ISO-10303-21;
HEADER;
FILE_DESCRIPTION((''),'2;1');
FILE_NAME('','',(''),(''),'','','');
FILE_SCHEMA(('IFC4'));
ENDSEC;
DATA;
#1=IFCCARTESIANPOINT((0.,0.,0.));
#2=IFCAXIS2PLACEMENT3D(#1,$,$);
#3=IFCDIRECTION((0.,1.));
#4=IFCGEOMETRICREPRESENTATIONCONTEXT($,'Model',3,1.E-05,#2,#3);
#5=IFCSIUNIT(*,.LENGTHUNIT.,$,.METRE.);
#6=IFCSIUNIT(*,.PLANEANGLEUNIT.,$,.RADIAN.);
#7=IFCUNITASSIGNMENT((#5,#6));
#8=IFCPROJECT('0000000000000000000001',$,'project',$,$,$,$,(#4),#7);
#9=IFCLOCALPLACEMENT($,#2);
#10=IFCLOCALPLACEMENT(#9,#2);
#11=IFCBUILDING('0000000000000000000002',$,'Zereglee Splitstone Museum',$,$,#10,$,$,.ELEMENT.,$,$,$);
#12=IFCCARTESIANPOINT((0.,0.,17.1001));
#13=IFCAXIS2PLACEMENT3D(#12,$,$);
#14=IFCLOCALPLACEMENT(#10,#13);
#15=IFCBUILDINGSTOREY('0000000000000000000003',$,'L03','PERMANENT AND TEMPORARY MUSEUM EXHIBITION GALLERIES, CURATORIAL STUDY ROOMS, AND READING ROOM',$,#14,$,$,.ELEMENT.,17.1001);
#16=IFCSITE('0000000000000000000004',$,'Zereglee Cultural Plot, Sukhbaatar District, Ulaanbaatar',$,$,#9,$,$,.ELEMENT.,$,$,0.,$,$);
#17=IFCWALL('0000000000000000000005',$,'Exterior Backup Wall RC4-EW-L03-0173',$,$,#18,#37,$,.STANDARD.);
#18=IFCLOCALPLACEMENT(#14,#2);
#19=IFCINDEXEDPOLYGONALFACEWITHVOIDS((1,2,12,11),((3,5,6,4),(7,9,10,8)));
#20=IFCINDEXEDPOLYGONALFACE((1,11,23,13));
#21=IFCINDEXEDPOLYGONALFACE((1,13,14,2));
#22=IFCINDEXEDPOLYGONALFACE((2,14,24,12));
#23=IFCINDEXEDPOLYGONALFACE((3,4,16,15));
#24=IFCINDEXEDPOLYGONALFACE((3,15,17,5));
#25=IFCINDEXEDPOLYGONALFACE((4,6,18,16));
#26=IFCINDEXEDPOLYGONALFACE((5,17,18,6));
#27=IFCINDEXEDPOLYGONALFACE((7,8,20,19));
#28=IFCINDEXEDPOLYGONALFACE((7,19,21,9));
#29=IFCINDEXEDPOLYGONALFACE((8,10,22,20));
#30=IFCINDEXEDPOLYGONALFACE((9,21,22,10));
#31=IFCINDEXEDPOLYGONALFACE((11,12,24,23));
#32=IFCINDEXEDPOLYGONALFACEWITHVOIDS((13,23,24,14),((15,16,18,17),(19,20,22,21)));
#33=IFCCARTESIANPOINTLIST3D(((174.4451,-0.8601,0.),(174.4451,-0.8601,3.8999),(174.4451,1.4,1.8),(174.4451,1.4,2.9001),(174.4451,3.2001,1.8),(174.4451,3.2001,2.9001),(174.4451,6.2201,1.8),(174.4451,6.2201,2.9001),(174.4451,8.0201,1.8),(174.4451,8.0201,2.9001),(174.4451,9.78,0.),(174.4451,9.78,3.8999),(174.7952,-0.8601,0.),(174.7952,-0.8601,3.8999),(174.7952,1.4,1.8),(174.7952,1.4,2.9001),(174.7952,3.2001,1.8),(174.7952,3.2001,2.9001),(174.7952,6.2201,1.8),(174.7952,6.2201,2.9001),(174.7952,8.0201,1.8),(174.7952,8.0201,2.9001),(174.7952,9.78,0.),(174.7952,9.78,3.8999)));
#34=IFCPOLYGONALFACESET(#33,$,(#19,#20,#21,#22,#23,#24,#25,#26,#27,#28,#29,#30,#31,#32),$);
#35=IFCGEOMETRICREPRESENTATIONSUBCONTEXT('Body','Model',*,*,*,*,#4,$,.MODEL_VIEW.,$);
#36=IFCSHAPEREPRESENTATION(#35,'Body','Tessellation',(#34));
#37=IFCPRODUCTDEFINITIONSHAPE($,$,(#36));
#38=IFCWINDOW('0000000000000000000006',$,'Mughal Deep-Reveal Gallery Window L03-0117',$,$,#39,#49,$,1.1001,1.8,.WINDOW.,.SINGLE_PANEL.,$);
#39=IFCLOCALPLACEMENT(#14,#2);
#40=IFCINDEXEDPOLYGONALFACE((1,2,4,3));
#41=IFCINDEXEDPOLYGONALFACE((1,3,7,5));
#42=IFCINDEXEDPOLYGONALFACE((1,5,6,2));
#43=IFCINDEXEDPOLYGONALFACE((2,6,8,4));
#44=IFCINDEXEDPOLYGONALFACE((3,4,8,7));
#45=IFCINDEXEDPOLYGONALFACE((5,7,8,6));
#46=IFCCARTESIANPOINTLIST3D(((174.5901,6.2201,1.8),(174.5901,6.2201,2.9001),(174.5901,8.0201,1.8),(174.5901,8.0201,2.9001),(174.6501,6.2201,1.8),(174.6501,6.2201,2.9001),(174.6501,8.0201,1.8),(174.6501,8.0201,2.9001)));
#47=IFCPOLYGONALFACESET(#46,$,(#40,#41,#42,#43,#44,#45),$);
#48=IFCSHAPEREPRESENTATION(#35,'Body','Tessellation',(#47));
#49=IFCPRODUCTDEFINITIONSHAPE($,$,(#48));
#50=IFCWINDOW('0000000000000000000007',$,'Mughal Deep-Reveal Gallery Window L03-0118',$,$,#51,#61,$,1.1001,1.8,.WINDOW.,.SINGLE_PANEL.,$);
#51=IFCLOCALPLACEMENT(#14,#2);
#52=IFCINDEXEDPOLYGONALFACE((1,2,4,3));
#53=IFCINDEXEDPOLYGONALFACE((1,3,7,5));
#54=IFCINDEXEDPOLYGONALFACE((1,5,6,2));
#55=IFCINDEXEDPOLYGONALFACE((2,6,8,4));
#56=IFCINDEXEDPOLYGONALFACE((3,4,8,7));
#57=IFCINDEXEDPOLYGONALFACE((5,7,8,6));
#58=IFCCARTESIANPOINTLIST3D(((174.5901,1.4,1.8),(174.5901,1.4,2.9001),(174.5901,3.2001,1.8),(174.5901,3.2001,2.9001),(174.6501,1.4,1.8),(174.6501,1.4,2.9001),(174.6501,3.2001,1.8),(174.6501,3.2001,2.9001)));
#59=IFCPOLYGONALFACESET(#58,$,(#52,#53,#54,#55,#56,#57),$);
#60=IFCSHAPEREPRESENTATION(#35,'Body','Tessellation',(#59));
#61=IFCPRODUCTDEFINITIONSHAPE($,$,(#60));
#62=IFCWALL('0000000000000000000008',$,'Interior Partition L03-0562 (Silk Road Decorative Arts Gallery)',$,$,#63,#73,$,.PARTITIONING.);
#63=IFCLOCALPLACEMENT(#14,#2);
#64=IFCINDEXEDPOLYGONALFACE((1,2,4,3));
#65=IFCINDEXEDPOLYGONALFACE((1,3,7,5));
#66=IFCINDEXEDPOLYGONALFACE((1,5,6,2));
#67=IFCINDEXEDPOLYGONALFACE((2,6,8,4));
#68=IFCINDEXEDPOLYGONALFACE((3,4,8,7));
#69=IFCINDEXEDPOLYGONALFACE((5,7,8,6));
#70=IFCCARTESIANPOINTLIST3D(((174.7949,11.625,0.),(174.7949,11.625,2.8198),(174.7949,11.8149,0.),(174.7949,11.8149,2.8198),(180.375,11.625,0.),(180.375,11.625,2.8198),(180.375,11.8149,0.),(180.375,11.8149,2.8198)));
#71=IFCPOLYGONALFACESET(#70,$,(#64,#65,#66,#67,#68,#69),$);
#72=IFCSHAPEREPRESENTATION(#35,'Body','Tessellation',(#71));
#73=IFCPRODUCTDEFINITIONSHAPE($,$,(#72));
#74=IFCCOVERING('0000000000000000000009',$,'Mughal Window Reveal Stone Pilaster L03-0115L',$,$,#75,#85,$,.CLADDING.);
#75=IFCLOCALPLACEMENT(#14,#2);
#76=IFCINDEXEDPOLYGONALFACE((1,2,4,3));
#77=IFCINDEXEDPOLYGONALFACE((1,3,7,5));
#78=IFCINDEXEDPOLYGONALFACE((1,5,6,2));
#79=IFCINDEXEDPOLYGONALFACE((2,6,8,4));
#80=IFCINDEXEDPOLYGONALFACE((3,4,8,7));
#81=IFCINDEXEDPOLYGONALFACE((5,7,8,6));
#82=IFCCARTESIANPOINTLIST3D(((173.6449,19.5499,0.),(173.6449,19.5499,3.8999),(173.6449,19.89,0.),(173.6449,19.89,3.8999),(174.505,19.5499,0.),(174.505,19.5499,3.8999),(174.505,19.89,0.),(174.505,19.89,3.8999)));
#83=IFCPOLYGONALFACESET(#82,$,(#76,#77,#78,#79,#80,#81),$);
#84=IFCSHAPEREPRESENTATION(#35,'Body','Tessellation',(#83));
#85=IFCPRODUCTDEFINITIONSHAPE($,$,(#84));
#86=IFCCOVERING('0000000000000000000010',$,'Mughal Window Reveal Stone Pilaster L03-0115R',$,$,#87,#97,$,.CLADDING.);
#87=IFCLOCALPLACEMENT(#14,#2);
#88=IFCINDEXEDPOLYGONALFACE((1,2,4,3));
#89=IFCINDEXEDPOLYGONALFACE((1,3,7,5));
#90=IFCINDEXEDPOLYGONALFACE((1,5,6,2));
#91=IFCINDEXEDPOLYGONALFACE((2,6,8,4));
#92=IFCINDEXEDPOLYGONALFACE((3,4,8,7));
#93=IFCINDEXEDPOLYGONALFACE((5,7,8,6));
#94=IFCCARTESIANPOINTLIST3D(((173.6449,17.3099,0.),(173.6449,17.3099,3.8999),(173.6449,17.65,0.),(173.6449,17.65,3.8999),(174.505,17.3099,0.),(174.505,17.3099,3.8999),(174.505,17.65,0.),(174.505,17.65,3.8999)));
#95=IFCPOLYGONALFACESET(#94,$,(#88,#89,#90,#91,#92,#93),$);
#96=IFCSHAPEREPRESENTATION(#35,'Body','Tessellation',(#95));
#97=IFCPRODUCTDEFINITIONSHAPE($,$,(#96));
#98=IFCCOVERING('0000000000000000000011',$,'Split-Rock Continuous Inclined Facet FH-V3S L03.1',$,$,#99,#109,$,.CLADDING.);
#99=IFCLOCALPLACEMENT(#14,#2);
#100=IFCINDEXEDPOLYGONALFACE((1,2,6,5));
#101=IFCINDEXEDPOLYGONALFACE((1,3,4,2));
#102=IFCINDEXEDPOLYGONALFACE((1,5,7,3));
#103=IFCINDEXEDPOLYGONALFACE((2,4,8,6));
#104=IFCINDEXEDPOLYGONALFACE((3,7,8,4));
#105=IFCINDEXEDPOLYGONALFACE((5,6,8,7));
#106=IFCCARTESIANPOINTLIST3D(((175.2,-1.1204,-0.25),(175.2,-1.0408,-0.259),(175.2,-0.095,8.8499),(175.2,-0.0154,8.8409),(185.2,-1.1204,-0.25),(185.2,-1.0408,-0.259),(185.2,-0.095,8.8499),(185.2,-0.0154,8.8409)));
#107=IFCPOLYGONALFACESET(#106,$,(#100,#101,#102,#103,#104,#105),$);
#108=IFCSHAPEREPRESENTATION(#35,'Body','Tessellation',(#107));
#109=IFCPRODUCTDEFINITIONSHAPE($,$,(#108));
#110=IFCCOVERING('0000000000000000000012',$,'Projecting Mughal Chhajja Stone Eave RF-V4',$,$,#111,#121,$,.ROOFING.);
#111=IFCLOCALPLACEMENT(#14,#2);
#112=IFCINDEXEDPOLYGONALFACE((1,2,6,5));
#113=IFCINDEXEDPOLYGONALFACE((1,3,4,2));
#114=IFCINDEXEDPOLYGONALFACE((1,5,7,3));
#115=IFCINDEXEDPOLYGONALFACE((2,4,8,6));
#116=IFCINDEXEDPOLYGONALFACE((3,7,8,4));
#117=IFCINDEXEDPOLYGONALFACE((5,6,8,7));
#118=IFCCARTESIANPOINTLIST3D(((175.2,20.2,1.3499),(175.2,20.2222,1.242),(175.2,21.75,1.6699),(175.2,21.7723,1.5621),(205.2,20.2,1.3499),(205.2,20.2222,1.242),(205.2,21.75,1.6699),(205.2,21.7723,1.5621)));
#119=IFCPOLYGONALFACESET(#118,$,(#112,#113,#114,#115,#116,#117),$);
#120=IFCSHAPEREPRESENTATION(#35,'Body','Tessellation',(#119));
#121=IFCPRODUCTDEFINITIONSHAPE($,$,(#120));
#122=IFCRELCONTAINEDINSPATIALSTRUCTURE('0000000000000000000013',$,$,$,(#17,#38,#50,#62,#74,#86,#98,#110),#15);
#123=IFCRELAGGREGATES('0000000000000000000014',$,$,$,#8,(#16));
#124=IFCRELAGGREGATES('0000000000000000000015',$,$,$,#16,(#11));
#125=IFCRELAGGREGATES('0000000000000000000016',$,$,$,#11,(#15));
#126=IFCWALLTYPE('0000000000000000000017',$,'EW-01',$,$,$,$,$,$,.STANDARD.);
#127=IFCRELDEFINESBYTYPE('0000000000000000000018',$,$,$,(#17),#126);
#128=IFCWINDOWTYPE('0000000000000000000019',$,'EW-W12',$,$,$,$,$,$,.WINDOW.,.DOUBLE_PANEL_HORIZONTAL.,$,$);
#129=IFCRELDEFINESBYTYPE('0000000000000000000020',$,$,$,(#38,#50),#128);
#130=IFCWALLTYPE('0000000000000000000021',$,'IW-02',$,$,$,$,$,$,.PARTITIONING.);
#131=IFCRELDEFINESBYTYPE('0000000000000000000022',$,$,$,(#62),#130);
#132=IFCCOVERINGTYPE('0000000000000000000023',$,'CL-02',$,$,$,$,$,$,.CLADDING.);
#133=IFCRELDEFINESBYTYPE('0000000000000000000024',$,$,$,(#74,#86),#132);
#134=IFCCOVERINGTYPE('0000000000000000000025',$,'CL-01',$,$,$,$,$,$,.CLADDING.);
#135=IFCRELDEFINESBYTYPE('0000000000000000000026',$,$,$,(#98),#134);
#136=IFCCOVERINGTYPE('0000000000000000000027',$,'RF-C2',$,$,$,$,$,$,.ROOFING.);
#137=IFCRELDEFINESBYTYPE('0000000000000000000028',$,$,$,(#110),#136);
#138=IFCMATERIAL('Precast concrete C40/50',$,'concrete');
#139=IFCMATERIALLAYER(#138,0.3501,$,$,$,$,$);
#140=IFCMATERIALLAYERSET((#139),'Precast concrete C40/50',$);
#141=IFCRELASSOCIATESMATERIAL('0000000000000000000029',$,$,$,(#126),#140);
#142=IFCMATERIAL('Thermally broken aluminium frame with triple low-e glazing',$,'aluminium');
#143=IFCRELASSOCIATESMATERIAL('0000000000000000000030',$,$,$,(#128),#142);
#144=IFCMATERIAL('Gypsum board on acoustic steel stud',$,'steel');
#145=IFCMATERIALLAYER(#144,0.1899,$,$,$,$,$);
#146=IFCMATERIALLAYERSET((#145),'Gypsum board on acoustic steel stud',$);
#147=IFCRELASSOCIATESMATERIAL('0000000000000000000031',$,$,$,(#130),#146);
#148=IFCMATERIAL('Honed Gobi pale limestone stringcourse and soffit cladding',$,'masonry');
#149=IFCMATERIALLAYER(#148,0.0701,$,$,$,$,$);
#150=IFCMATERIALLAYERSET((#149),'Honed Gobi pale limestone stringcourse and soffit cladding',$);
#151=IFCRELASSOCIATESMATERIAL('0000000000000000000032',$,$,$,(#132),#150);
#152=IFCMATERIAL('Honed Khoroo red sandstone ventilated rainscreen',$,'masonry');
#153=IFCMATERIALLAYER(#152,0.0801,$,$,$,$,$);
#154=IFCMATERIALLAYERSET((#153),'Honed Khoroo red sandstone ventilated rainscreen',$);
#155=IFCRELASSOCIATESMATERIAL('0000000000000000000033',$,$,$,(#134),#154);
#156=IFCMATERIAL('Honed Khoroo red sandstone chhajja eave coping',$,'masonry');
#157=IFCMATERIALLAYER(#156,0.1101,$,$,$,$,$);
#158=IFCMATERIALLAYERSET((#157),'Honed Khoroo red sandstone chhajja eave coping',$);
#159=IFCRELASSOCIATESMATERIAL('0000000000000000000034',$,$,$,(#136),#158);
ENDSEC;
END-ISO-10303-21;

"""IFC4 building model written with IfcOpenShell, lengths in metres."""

from ifc_helpers import new_model, si_unit, direction, frame, frame_2d, origin, origin_2d, place, context, subcontext, project, spatial, polyline, rectangle, outline, extrude, material, layer, layer_set, type_object, element, fill, save


model = new_model("IFC4")

# Units and contexts
model_context = context("Model", 3, precision=1e-05, world=origin(), true_north=direction((0.0, 1.0)))
body_context = subcontext(model_context, "Body", "Model", "MODEL_VIEW")
ifc_project = project(units=[si_unit("LENGTHUNIT", "METRE"), si_unit("PLANEANGLEUNIT", "RADIAN")], contexts=[model_context])

# Site, building, storey
site_placement = place(None, origin())
site = spatial("IfcSite", under=ifc_project, at=site_placement, Name="Zereglee Cultural Plot, Sukhbaatar District, Ulaanbaatar", CompositionType="ELEMENT", RefElevation=0.0)
building_placement = place(site_placement, origin())
building = spatial("IfcBuilding", under=site, at=building_placement, Name="Zereglee Splitstone Museum", CompositionType="ELEMENT")
storey_placement = place(building_placement, frame((0.0, 0.0, 17.1001)))
storey = spatial("IfcBuildingStorey", under=building, at=storey_placement, Name="L03", Description="PERMANENT AND TEMPORARY MUSEUM EXHIBITION GALLERIES, CURATORIAL STUDY ROOMS, AND READING ROOM", CompositionType="ELEMENT", Elevation=17.1001)

# Shared definitions
ifc_material_1 = material(Name="Precast concrete C40/50", Category="concrete")
ifc_layer_1 = layer(ifc_material_1, 0.3501)
ifc_layer_set_1 = layer_set([ifc_layer_1], Name="Precast concrete C40/50")
wall_type_1 = type_object("IfcWallType", Name="EW-01", PredefinedType="STANDARD", material=ifc_layer_set_1)

# Wall, openings, windows
wall_1_placement = place(storey_placement, frame((174.6201, 9.78, 0.0), z_axis=(0.0, 0.0, 1.0), x_axis=(0.0, -1.0, 0.0)))
wall_1 = element("IfcWall", 1, at=wall_1_placement, inside=storey, type_object=wall_type_1, Name="Exterior Backup Wall RC4-EW-L03-0173", PredefinedType="STANDARD", context=body_context, shape_type="SweptSolid", body=[
    extrude(rectangle(XDim=10.6401, YDim=0.3501, at=frame_2d((5.3201, 0.0))), origin(), (0.0, 0.0, 1.0), 3.8999),
])
opening_1_placement = place(wall_1_placement, frame((1.76, 0.0, 1.8)))
opening_1 = element("IfcOpeningElement", 2, at=opening_1_placement, cuts=wall_1, PredefinedType="OPENING", context=body_context, shape_type="SweptSolid", body=[
    extrude(rectangle(XDim=1.8, YDim=1.1001, at=frame_2d((0.8999, 0.55))), frame((0.0, 0.1899, 0.0), z_axis=(0.0, -1.0, 0.0), x_axis=(1.0, 0.0, 0.0)), (0.0, 0.0, 1.0), 0.3799),
])
opening_2_placement = place(wall_1_placement, frame((6.5801, 0.0, 1.8)))
opening_2 = element("IfcOpeningElement", 3, at=opening_2_placement, cuts=wall_1, PredefinedType="OPENING", context=body_context, shape_type="SweptSolid", body=[
    extrude(rectangle(XDim=1.8, YDim=1.1001, at=frame_2d((0.8999, 0.55))), frame((0.0, 0.1899, 0.0), z_axis=(0.0, -1.0, 0.0), x_axis=(1.0, 0.0, 0.0)), (0.0, 0.0, 1.0), 0.3799),
])
ifc_material_2 = material(Name="Thermally broken aluminium frame with triple low-e glazing", Category="aluminium")
window_type = type_object("IfcWindowType", Name="EW-W12", PartitioningType="DOUBLE_PANEL_HORIZONTAL", PredefinedType="WINDOW", material=ifc_material_2)
window_1_placement = place(opening_1_placement, origin())
window_1 = element("IfcWindow", 4, at=window_1_placement, inside=storey, type_object=window_type, Name="Mughal Deep-Reveal Gallery Window L03-0117", OverallHeight=1.1001, OverallWidth=1.8, PartitioningType="SINGLE_PANEL", PredefinedType="WINDOW", context=body_context, shape_type="SweptSolid", body=[
    extrude(rectangle(XDim=1.8, YDim=1.1001, at=frame_2d((0.8999, 0.55))), frame((0.0, 0.03, 0.0), z_axis=(0.0, -1.0, 0.0), x_axis=(1.0, 0.0, 0.0)), (0.0, 0.0, 1.0), 0.0601),
])
fill(opening_1, window_1)
window_2_placement = place(opening_2_placement, origin())
window_2 = element("IfcWindow", 5, at=window_2_placement, inside=storey, type_object=window_type, Name="Mughal Deep-Reveal Gallery Window L03-0118", OverallHeight=1.1001, OverallWidth=1.8, PartitioningType="SINGLE_PANEL", PredefinedType="WINDOW", context=body_context, shape_type="SweptSolid", body=[
    extrude(rectangle(XDim=1.8, YDim=1.1001, at=frame_2d((0.8999, 0.55))), frame((0.0, 0.03, 0.0), z_axis=(0.0, -1.0, 0.0), x_axis=(1.0, 0.0, 0.0)), (0.0, 0.0, 1.0), 0.0601),
])
fill(opening_2, window_2)

# Wall
ifc_material_3 = material(Name="Gypsum board on acoustic steel stud", Category="steel")
ifc_layer_2 = layer(ifc_material_3, 0.1899)
ifc_layer_set_2 = layer_set([ifc_layer_2], Name="Gypsum board on acoustic steel stud")
wall_type_2 = type_object("IfcWallType", Name="IW-02", PredefinedType="PARTITIONING", material=ifc_layer_set_2)
wall_2_placement = place(storey_placement, frame((174.7949, 11.72, 0.0), z_axis=(0.0, 0.0, 1.0), x_axis=(1.0, 0.0, 0.0)))
element("IfcWall", 6, at=wall_2_placement, inside=storey, type_object=wall_type_2, Name="Interior Partition L03-0562 (Silk Road Decorative Arts Gallery)", PredefinedType="PARTITIONING", context=body_context, shape_type="SweptSolid", body=[
    extrude(rectangle(XDim=5.5801, YDim=0.1899, at=frame_2d((2.79, 0.0))), origin(), (0.0, 0.0, 1.0), 2.8198),
])

# Coverings
ifc_material_4 = material(Name="Honed Gobi pale limestone stringcourse and soffit cladding", Category="masonry")
ifc_layer_3 = layer(ifc_material_4, 0.0701)
ifc_layer_set_3 = layer_set([ifc_layer_3], Name="Honed Gobi pale limestone stringcourse and soffit cladding")
covering_type_1 = type_object("IfcCoveringType", Name="CL-02", PredefinedType="CLADDING", material=ifc_layer_set_3)
for number, where, z_axis, x_axis, name in (
    (7, (174.075, 19.72, 0.0), (0.0, 0.0, 1.0), (0.0, -1.0, 0.0), "Mughal Window Reveal Stone Pilaster L03-0115L"),
    (8, (174.075, 17.48, 0.0), (0.0, 0.0, 1.0), (0.0, -1.0, 0.0), "Mughal Window Reveal Stone Pilaster L03-0115R"),
):
    element("IfcCovering", number, at=place(storey_placement, frame(where, z_axis=z_axis, x_axis=x_axis)), inside=storey, type_object=covering_type_1, Name=name, PredefinedType="CLADDING", context=body_context, shape_type="SweptSolid", body=[
        extrude(rectangle(XDim=0.3401, YDim=0.8601, at=origin_2d()), origin(), (0.0, 0.0, 1.0), 3.8999),
    ])
ifc_material_5 = material(Name="Honed Khoroo red sandstone ventilated rainscreen", Category="masonry")
ifc_layer_4 = layer(ifc_material_5, 0.0801)
ifc_layer_set_4 = layer_set([ifc_layer_4], Name="Honed Khoroo red sandstone ventilated rainscreen")
covering_type_2 = type_object("IfcCoveringType", Name="CL-01", PredefinedType="CLADDING", material=ifc_layer_set_4)
covering_1_placement = place(storey_placement, frame((175.2, -1.1204, -0.25), z_axis=(0.0, -0.993711, 0.111973), x_axis=(1.0, 0.0, 0.0)))
element("IfcCovering", 9, at=covering_1_placement, inside=storey, type_object=covering_type_2, Name="Split-Rock Continuous Inclined Facet FH-V3S L03.1", PredefinedType="CLADDING", context=body_context, shape_type="SweptSolid", body=[
    extrude(outline(polyline([(0.0, 0.0), (10.0, 0.0), (10.0, 9.1574), (0.0, 9.1574), (0.0, 0.0)])), origin(), (0.0, 0.0, -1.0), 0.0801),
])
ifc_material_6 = material(Name="Honed Khoroo red sandstone chhajja eave coping", Category="masonry")
ifc_layer_5 = layer(ifc_material_6, 0.1101)
ifc_layer_set_5 = layer_set([ifc_layer_5], Name="Honed Khoroo red sandstone chhajja eave coping")
covering_type_3 = type_object("IfcCoveringType", Name="RF-C2", PredefinedType="ROOFING", material=ifc_layer_set_5)
covering_2_placement = place(storey_placement, frame((175.2, 20.2, 1.3499), z_axis=(0.0, -0.202223, 0.979339), x_axis=(1.0, 0.0, 0.0)))
element("IfcCovering", 10, at=covering_2_placement, inside=storey, type_object=covering_type_3, Name="Projecting Mughal Chhajja Stone Eave RF-V4", PredefinedType="ROOFING", context=body_context, shape_type="SweptSolid", body=[
    extrude(outline(polyline([(0.0, 0.0), (30.0, 0.0), (30.0, 1.5827), (0.0, 1.5827), (0.0, 0.0)])), origin(), (0.0, 0.0, -1.0), 0.1101),
])

save(model, "model.ifc")
